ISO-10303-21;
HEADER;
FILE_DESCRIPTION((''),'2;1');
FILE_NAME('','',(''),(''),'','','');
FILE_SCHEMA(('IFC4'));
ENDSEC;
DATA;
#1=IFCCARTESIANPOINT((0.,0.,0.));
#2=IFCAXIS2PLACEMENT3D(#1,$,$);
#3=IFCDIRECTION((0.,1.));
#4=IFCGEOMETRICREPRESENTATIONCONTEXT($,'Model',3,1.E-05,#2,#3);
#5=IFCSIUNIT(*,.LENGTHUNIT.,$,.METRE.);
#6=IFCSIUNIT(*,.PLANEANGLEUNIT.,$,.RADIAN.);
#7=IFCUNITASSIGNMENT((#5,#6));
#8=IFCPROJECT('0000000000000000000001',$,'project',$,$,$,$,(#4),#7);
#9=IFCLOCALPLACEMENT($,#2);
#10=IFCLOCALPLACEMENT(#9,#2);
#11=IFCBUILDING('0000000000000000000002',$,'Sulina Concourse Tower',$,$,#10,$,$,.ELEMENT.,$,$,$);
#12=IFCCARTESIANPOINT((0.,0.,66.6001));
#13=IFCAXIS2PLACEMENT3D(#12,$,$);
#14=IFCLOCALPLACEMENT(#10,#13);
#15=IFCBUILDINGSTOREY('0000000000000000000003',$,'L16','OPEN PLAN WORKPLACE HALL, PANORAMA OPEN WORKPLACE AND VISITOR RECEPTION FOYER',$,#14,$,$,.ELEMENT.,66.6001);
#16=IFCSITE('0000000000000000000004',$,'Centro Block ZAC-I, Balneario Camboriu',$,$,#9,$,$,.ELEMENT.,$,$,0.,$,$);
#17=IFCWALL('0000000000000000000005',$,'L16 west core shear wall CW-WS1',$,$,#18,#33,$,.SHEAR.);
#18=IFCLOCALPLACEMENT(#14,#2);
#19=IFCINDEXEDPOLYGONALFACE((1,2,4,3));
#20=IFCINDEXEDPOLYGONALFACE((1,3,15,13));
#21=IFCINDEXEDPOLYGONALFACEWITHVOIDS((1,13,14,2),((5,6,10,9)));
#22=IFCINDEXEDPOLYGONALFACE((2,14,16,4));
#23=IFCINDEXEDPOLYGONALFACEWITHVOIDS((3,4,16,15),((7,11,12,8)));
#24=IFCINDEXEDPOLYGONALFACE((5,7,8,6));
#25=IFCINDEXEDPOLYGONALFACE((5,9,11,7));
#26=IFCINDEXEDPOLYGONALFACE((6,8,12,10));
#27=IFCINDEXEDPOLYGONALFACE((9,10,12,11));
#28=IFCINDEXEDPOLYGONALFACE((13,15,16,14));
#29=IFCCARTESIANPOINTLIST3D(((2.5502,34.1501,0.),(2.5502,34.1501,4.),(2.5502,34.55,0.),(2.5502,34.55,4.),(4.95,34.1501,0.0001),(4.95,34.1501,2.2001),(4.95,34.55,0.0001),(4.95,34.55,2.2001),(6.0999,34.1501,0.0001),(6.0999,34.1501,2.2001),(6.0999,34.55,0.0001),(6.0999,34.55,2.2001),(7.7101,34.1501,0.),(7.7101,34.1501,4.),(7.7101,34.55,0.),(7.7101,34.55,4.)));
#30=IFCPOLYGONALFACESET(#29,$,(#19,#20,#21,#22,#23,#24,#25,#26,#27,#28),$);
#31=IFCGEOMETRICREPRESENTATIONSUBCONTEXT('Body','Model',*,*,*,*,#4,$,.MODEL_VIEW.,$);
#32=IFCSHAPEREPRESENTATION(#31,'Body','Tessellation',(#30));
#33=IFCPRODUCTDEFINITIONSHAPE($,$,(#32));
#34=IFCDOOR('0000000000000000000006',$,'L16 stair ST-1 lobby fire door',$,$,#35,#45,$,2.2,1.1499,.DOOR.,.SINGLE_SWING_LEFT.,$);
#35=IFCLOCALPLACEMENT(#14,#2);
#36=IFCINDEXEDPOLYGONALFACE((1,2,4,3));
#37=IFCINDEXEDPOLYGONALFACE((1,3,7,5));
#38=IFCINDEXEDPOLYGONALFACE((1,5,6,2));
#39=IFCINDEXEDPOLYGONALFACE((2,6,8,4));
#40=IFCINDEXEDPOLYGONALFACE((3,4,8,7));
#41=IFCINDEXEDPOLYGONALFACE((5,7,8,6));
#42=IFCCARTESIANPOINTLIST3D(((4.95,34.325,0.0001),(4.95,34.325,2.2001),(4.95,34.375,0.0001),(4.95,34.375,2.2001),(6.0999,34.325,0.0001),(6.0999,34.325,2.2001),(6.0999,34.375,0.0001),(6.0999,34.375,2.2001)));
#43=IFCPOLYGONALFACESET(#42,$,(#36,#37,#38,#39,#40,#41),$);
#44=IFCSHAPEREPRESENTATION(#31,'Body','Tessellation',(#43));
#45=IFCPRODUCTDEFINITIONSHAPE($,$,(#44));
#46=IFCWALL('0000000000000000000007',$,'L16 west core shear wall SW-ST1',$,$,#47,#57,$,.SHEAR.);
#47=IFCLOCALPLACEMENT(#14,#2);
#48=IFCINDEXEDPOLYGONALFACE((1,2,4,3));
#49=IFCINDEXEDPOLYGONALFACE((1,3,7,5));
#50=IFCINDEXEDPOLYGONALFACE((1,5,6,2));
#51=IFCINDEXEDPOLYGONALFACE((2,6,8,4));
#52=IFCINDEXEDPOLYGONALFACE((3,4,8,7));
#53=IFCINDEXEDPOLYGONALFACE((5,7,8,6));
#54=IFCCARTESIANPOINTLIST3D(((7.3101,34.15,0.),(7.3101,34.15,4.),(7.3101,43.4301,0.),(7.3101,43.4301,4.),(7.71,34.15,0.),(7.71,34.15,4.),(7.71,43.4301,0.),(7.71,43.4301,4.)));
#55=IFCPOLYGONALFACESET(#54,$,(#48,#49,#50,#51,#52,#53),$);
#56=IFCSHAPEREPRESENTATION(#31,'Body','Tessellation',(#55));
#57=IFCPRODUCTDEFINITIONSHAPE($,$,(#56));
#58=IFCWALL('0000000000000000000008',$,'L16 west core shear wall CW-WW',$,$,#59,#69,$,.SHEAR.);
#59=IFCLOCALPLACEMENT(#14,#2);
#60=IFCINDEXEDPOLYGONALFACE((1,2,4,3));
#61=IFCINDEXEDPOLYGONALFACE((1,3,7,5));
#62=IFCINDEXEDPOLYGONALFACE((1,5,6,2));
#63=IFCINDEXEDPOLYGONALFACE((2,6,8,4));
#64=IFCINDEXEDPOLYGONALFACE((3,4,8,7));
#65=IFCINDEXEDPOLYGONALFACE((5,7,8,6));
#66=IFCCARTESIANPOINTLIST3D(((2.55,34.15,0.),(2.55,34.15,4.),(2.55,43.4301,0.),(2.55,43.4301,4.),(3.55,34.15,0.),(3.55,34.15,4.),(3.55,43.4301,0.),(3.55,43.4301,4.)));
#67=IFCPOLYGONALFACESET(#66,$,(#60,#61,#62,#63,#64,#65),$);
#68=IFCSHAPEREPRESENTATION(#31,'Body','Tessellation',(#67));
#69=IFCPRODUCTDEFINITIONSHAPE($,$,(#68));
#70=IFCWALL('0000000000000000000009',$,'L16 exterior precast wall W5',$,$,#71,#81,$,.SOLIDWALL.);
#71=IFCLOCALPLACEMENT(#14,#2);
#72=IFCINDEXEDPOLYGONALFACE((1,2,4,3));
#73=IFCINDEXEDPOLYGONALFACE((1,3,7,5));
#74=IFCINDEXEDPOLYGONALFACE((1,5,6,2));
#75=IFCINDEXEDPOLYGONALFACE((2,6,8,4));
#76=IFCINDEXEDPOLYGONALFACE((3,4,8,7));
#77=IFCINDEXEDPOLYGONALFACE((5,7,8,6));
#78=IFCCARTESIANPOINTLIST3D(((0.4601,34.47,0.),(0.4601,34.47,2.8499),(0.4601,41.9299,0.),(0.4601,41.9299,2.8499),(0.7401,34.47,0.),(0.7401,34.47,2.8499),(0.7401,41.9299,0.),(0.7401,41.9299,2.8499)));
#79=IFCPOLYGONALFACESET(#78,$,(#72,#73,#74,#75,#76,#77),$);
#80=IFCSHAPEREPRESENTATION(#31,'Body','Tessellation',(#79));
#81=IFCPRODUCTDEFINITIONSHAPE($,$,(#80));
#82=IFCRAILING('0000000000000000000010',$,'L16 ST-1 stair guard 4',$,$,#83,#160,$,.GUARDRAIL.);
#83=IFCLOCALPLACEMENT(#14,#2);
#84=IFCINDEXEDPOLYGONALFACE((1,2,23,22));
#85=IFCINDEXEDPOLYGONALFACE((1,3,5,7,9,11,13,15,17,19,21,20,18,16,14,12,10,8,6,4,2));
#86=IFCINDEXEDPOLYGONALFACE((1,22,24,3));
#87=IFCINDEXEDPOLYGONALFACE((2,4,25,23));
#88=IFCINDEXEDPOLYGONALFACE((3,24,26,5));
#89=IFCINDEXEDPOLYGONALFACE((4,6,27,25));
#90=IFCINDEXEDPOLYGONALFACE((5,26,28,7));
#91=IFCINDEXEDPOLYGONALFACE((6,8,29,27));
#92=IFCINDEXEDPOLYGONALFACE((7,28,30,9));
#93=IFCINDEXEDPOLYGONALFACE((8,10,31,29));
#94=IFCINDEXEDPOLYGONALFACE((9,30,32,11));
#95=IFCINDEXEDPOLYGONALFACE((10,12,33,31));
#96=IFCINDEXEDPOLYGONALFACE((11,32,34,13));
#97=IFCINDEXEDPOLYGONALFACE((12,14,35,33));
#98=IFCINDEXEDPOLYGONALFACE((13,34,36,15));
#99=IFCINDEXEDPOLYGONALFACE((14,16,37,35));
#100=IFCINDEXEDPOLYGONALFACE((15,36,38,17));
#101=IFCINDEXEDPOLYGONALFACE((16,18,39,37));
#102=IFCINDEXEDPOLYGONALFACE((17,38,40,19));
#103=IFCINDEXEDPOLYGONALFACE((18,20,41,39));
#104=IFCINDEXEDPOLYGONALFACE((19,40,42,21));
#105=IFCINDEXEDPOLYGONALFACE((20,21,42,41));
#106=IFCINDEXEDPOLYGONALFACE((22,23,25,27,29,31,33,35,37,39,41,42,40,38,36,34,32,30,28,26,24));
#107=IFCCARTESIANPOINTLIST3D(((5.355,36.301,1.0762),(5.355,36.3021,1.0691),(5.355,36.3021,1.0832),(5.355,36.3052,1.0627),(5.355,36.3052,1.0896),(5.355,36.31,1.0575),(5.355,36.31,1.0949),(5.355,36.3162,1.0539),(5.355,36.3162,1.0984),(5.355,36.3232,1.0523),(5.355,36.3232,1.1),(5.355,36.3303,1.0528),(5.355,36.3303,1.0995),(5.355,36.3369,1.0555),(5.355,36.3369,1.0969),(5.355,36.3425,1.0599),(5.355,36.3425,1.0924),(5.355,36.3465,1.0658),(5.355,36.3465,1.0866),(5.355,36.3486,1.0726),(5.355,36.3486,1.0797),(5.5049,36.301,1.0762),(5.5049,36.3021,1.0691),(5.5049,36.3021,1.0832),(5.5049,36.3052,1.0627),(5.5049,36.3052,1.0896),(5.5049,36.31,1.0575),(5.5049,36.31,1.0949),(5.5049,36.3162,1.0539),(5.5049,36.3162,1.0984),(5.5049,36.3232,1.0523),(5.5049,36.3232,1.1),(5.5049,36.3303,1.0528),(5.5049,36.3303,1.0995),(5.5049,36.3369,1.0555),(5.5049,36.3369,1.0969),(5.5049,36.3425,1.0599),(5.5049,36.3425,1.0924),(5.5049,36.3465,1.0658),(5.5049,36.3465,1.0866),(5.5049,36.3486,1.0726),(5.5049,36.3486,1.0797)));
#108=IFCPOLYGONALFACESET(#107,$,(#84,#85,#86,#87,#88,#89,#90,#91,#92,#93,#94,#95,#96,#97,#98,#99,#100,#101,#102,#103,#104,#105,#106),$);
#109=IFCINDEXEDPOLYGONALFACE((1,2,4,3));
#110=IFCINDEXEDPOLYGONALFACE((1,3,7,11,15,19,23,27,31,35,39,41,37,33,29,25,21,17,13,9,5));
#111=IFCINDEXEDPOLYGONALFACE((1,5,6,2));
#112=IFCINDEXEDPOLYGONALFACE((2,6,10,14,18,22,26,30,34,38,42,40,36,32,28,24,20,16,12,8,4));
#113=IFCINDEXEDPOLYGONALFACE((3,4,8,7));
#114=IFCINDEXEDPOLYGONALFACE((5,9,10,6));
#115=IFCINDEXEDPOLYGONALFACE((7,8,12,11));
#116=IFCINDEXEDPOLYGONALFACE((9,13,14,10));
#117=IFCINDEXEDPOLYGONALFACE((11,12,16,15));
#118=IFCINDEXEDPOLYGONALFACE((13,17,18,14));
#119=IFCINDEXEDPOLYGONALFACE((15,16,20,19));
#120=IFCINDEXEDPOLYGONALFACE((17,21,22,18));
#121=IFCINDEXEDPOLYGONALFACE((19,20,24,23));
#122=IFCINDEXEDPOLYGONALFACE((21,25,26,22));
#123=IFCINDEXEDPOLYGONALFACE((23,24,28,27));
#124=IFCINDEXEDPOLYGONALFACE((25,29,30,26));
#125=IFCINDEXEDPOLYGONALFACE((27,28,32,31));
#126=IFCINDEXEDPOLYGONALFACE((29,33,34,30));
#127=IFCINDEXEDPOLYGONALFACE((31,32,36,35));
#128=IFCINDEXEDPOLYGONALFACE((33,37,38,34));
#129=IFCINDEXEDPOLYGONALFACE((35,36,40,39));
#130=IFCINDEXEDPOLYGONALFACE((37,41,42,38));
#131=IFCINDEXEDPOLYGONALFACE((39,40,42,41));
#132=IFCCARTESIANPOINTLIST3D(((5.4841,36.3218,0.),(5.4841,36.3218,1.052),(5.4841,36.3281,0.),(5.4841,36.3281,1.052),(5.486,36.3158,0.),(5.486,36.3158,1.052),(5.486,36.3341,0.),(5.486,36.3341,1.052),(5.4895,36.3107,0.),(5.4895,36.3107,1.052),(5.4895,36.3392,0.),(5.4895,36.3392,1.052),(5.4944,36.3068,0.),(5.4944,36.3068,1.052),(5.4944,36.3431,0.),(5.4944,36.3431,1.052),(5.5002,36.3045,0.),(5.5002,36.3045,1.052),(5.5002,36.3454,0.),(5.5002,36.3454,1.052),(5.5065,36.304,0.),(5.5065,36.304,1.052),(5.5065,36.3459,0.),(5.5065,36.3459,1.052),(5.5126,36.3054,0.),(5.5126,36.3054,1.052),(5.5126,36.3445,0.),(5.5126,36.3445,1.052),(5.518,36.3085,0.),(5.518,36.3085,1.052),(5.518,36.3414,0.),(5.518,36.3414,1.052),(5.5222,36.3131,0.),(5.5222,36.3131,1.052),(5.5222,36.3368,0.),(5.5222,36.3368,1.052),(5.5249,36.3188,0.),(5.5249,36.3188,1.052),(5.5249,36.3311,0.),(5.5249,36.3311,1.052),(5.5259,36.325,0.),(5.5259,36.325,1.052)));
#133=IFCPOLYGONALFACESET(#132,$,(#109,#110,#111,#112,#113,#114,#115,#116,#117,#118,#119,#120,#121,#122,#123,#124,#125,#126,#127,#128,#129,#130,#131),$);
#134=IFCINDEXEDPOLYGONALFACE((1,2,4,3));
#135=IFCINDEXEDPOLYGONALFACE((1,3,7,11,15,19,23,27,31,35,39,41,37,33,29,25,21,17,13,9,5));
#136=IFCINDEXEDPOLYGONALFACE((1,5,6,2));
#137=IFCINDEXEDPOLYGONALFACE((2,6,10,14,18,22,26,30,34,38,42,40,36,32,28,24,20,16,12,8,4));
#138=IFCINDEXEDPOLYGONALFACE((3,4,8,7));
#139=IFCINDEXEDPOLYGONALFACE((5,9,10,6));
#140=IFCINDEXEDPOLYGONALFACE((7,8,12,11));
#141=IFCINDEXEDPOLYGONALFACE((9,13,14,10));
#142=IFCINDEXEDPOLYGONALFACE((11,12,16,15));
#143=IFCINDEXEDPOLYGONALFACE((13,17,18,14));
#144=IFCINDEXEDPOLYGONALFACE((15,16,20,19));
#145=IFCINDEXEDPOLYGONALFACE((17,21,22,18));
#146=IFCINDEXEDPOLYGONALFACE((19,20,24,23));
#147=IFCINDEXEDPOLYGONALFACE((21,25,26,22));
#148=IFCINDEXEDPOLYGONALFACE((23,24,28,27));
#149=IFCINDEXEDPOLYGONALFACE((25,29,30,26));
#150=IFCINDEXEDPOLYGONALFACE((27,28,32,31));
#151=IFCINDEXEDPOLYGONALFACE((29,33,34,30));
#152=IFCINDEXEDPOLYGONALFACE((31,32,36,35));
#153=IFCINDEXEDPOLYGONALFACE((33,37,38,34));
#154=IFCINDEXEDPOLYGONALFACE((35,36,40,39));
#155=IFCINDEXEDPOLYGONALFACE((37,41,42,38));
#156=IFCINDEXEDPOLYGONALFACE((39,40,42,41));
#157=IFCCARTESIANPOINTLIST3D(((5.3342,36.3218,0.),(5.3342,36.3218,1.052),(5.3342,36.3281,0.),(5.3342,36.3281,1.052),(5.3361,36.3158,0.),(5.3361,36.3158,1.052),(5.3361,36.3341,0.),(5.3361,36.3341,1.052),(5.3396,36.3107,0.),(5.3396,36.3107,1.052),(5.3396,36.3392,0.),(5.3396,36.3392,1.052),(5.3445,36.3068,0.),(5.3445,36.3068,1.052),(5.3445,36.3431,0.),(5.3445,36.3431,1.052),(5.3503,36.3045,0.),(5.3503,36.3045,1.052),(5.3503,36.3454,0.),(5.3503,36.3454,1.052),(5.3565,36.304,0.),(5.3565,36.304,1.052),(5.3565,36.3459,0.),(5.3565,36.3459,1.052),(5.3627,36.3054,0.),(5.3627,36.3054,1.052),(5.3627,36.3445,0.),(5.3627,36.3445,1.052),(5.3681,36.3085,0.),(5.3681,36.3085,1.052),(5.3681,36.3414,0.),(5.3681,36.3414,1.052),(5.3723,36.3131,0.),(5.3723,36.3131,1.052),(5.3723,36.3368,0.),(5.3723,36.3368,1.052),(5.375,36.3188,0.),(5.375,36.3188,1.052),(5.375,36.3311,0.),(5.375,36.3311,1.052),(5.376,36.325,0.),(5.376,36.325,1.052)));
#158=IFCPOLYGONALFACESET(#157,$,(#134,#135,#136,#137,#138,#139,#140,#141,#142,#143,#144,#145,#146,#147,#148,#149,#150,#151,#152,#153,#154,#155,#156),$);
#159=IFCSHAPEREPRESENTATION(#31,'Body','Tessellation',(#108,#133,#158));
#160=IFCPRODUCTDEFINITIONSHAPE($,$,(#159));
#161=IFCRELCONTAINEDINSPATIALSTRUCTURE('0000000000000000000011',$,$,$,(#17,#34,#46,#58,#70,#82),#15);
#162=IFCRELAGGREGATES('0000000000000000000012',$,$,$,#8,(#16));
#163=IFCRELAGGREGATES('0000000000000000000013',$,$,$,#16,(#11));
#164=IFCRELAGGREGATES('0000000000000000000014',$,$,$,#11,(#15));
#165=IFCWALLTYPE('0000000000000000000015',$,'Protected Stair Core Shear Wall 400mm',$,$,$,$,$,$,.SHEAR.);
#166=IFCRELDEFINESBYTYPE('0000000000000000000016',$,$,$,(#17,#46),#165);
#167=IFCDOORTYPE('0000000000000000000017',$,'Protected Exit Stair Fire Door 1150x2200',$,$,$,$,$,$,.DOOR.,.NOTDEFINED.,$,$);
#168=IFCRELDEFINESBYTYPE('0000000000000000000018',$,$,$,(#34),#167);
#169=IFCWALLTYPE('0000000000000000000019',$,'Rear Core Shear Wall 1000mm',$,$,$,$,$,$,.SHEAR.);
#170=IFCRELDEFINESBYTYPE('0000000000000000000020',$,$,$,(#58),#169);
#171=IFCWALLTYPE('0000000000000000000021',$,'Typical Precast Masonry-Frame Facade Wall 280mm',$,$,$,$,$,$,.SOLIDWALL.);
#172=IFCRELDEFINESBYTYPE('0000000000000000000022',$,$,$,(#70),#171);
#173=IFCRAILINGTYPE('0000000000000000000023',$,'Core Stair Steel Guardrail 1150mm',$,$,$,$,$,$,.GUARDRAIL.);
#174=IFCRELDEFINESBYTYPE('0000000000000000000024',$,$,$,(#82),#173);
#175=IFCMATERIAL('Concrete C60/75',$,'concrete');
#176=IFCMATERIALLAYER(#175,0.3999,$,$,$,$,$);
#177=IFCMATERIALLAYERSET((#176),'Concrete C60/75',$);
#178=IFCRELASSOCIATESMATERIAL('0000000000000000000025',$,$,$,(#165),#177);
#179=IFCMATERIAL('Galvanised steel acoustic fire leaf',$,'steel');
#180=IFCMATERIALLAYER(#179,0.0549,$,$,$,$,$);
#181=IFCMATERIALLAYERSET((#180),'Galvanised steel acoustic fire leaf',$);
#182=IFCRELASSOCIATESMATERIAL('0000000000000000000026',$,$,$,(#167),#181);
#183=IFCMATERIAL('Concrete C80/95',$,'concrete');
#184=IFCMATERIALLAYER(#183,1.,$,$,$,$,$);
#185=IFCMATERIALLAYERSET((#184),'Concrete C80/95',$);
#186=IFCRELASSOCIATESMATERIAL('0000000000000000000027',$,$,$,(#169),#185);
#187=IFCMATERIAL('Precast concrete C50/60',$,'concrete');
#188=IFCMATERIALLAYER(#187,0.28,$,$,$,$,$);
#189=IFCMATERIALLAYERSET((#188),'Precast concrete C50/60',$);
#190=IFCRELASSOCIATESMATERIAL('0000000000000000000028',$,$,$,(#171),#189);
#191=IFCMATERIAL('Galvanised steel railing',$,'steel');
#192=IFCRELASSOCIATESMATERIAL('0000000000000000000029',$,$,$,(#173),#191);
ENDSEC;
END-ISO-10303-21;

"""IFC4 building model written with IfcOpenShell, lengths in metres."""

from ifc_helpers import new_model, si_unit, direction, frame, frame_2d, origin, origin_2d, place, context, subcontext, project, spatial, rectangle, circle, extrude, material, layer, layer_set, type_object, element, fill, save


model = new_model("IFC4")

# Units and contexts
model_context = context("Model", 3, precision=1e-05, world=origin(), true_north=direction((0.0, 1.0)))
body_context = subcontext(model_context, "Body", "Model", "MODEL_VIEW")
ifc_project = project(units=[si_unit("LENGTHUNIT", "METRE"), si_unit("PLANEANGLEUNIT", "RADIAN")], contexts=[model_context])

# Site, building, storey
site_placement = place(None, origin())
site = spatial("IfcSite", under=ifc_project, at=site_placement, Name="Centro Block ZAC-I, Balneario Camboriu", CompositionType="ELEMENT", RefElevation=0.0)
building_placement = place(site_placement, origin())
building = spatial("IfcBuilding", under=site, at=building_placement, Name="Sulina Concourse Tower", CompositionType="ELEMENT")
storey_placement = place(building_placement, frame((0.0, 0.0, 66.6001)))
storey = spatial("IfcBuildingStorey", under=building, at=storey_placement, Name="L16", Description="OPEN PLAN WORKPLACE HALL, PANORAMA OPEN WORKPLACE AND VISITOR RECEPTION FOYER", CompositionType="ELEMENT", Elevation=66.6001)

# Wall, opening, door
ifc_material_1 = material(Name="Concrete C60/75", Category="concrete")
ifc_layer_1 = layer(ifc_material_1, 0.3999)
ifc_layer_set_1 = layer_set([ifc_layer_1], Name="Concrete C60/75")
wall_type_1 = type_object("IfcWallType", Name="Protected Stair Core Shear Wall 400mm", PredefinedType="SHEAR", material=ifc_layer_set_1)
wall_1_placement = place(storey_placement, frame((2.55, 34.3501, 0.0), z_axis=(0.0, 0.0, 1.0), x_axis=(1.0, 0.0, 0.0)))
wall_1 = element("IfcWall", 1, at=wall_1_placement, inside=storey, type_object=wall_type_1, Name="L16 west core shear wall CW-WS1", PredefinedType="SHEAR", context=body_context, shape_type="SweptSolid", body=[
    extrude(rectangle(XDim=5.1599, YDim=0.3999, at=frame_2d((2.5801, 0.0))), origin(), (0.0, 0.0, 1.0), 4.0),
])
opening_placement = place(wall_1_placement, frame((2.3999, 0.0, 0.0)))
opening = element("IfcOpeningElement", 2, at=opening_placement, cuts=wall_1, PredefinedType="OPENING", context=body_context, shape_type="SweptSolid", body=[
    extrude(rectangle(XDim=1.1499, YDim=2.2, at=frame_2d((0.575, 1.1001))), frame((0.0, 0.21, 0.0), z_axis=(0.0, -1.0, 0.0), x_axis=(1.0, 0.0, 0.0)), (0.0, 0.0, 1.0), 0.4199),
])
ifc_material_2 = material(Name="Galvanised steel acoustic fire leaf", Category="steel")
ifc_layer_2 = layer(ifc_material_2, 0.0549)
ifc_layer_set_2 = layer_set([ifc_layer_2], Name="Galvanised steel acoustic fire leaf")
door_type = type_object("IfcDoorType", Name="Protected Exit Stair Fire Door 1150x2200", OperationType="NOTDEFINED", PredefinedType="DOOR", material=ifc_layer_set_2)
door_placement = place(opening_placement, origin())
door = element("IfcDoor", 3, at=door_placement, inside=storey, type_object=door_type, Name="L16 stair ST-1 lobby fire door", OperationType="SINGLE_SWING_LEFT", OverallHeight=2.2, OverallWidth=1.1499, PredefinedType="DOOR", context=body_context, shape_type="SweptSolid", body=[
    extrude(rectangle(XDim=1.1499, YDim=2.2, at=frame_2d((0.575, 1.1001))), frame((0.0, 0.0249, 0.0), z_axis=(0.0, -1.0, 0.0), x_axis=(1.0, 0.0, 0.0)), (0.0, 0.0, 1.0), 0.05),
])
fill(opening, door)

# Walls
wall_2_placement = place(storey_placement, frame((7.51, 34.1499, 0.0), z_axis=(0.0, 0.0, 1.0), x_axis=(0.0, 1.0, 0.0)))
element("IfcWall", 4, at=wall_2_placement, inside=storey, type_object=wall_type_1, Name="L16 west core shear wall SW-ST1", PredefinedType="SHEAR", context=body_context, shape_type="SweptSolid", body=[
    extrude(rectangle(XDim=9.28, YDim=0.3999, at=frame_2d((4.6401, 0.0))), origin(), (0.0, 0.0, 1.0), 4.0),
])
ifc_material_3 = material(Name="Concrete C80/95", Category="concrete")
ifc_layer_3 = layer(ifc_material_3, 1.0)
ifc_layer_set_3 = layer_set([ifc_layer_3], Name="Concrete C80/95")
wall_type_2 = type_object("IfcWallType", Name="Rear Core Shear Wall 1000mm", PredefinedType="SHEAR", material=ifc_layer_set_3)
wall_3_placement = place(storey_placement, frame((3.05, 34.1499, 0.0), z_axis=(0.0, 0.0, 1.0), x_axis=(0.0, 1.0, 0.0)))
element("IfcWall", 5, at=wall_3_placement, inside=storey, type_object=wall_type_2, Name="L16 west core shear wall CW-WW", PredefinedType="SHEAR", context=body_context, shape_type="SweptSolid", body=[
    extrude(rectangle(XDim=9.28, YDim=1.0, at=frame_2d((4.6401, 0.0))), origin(), (0.0, 0.0, 1.0), 4.0),
])
ifc_material_4 = material(Name="Precast concrete C50/60", Category="concrete")
ifc_layer_4 = layer(ifc_material_4, 0.28)
ifc_layer_set_4 = layer_set([ifc_layer_4], Name="Precast concrete C50/60")
wall_type_3 = type_object("IfcWallType", Name="Typical Precast Masonry-Frame Facade Wall 280mm", PredefinedType="SOLIDWALL", material=ifc_layer_set_4)
wall_4_placement = place(storey_placement, frame((0.6001, 34.47, 0.0), z_axis=(0.0, 0.0, 1.0), x_axis=(0.0, 1.0, 0.0)))
element("IfcWall", 6, at=wall_4_placement, inside=storey, type_object=wall_type_3, Name="L16 exterior precast wall W5", PredefinedType="SOLIDWALL", context=body_context, shape_type="SweptSolid", body=[
    extrude(rectangle(XDim=7.46, YDim=0.28, at=frame_2d((3.73, 0.0))), origin(), (0.0, 0.0, 1.0), 2.8499),
])

# Railing
ifc_material_5 = material(Name="Galvanised steel railing", Category="steel")
railing_type = type_object("IfcRailingType", Name="Core Stair Steel Guardrail 1150mm", PredefinedType="GUARDRAIL", material=ifc_material_5)
railing_placement = place(storey_placement, frame((5.5049, 36.325, 0.0)))
element("IfcRailing", 7, at=railing_placement, inside=storey, type_object=railing_type, Name="L16 ST-1 stair guard 4", PredefinedType="GUARDRAIL", context=body_context, shape_type="SweptSolid", body=[
    extrude(circle(Radius=0.0239, at=origin_2d()), frame((0.0, 0.0, 1.0762), z_axis=(-1.0, 0.0, 0.0), x_axis=(0.0, -1.0, 0.0)), (0.0, 0.0, 1.0), 0.1499),
    extrude(circle(Radius=0.021, at=origin_2d()), origin(), (0.0, 0.0, 1.0), 1.052),
    extrude(circle(Radius=0.021, at=origin_2d()), frame((-0.1499, 0.0, 0.0)), (0.0, 0.0, 1.0), 1.052),
])

save(model, "model.ifc")
